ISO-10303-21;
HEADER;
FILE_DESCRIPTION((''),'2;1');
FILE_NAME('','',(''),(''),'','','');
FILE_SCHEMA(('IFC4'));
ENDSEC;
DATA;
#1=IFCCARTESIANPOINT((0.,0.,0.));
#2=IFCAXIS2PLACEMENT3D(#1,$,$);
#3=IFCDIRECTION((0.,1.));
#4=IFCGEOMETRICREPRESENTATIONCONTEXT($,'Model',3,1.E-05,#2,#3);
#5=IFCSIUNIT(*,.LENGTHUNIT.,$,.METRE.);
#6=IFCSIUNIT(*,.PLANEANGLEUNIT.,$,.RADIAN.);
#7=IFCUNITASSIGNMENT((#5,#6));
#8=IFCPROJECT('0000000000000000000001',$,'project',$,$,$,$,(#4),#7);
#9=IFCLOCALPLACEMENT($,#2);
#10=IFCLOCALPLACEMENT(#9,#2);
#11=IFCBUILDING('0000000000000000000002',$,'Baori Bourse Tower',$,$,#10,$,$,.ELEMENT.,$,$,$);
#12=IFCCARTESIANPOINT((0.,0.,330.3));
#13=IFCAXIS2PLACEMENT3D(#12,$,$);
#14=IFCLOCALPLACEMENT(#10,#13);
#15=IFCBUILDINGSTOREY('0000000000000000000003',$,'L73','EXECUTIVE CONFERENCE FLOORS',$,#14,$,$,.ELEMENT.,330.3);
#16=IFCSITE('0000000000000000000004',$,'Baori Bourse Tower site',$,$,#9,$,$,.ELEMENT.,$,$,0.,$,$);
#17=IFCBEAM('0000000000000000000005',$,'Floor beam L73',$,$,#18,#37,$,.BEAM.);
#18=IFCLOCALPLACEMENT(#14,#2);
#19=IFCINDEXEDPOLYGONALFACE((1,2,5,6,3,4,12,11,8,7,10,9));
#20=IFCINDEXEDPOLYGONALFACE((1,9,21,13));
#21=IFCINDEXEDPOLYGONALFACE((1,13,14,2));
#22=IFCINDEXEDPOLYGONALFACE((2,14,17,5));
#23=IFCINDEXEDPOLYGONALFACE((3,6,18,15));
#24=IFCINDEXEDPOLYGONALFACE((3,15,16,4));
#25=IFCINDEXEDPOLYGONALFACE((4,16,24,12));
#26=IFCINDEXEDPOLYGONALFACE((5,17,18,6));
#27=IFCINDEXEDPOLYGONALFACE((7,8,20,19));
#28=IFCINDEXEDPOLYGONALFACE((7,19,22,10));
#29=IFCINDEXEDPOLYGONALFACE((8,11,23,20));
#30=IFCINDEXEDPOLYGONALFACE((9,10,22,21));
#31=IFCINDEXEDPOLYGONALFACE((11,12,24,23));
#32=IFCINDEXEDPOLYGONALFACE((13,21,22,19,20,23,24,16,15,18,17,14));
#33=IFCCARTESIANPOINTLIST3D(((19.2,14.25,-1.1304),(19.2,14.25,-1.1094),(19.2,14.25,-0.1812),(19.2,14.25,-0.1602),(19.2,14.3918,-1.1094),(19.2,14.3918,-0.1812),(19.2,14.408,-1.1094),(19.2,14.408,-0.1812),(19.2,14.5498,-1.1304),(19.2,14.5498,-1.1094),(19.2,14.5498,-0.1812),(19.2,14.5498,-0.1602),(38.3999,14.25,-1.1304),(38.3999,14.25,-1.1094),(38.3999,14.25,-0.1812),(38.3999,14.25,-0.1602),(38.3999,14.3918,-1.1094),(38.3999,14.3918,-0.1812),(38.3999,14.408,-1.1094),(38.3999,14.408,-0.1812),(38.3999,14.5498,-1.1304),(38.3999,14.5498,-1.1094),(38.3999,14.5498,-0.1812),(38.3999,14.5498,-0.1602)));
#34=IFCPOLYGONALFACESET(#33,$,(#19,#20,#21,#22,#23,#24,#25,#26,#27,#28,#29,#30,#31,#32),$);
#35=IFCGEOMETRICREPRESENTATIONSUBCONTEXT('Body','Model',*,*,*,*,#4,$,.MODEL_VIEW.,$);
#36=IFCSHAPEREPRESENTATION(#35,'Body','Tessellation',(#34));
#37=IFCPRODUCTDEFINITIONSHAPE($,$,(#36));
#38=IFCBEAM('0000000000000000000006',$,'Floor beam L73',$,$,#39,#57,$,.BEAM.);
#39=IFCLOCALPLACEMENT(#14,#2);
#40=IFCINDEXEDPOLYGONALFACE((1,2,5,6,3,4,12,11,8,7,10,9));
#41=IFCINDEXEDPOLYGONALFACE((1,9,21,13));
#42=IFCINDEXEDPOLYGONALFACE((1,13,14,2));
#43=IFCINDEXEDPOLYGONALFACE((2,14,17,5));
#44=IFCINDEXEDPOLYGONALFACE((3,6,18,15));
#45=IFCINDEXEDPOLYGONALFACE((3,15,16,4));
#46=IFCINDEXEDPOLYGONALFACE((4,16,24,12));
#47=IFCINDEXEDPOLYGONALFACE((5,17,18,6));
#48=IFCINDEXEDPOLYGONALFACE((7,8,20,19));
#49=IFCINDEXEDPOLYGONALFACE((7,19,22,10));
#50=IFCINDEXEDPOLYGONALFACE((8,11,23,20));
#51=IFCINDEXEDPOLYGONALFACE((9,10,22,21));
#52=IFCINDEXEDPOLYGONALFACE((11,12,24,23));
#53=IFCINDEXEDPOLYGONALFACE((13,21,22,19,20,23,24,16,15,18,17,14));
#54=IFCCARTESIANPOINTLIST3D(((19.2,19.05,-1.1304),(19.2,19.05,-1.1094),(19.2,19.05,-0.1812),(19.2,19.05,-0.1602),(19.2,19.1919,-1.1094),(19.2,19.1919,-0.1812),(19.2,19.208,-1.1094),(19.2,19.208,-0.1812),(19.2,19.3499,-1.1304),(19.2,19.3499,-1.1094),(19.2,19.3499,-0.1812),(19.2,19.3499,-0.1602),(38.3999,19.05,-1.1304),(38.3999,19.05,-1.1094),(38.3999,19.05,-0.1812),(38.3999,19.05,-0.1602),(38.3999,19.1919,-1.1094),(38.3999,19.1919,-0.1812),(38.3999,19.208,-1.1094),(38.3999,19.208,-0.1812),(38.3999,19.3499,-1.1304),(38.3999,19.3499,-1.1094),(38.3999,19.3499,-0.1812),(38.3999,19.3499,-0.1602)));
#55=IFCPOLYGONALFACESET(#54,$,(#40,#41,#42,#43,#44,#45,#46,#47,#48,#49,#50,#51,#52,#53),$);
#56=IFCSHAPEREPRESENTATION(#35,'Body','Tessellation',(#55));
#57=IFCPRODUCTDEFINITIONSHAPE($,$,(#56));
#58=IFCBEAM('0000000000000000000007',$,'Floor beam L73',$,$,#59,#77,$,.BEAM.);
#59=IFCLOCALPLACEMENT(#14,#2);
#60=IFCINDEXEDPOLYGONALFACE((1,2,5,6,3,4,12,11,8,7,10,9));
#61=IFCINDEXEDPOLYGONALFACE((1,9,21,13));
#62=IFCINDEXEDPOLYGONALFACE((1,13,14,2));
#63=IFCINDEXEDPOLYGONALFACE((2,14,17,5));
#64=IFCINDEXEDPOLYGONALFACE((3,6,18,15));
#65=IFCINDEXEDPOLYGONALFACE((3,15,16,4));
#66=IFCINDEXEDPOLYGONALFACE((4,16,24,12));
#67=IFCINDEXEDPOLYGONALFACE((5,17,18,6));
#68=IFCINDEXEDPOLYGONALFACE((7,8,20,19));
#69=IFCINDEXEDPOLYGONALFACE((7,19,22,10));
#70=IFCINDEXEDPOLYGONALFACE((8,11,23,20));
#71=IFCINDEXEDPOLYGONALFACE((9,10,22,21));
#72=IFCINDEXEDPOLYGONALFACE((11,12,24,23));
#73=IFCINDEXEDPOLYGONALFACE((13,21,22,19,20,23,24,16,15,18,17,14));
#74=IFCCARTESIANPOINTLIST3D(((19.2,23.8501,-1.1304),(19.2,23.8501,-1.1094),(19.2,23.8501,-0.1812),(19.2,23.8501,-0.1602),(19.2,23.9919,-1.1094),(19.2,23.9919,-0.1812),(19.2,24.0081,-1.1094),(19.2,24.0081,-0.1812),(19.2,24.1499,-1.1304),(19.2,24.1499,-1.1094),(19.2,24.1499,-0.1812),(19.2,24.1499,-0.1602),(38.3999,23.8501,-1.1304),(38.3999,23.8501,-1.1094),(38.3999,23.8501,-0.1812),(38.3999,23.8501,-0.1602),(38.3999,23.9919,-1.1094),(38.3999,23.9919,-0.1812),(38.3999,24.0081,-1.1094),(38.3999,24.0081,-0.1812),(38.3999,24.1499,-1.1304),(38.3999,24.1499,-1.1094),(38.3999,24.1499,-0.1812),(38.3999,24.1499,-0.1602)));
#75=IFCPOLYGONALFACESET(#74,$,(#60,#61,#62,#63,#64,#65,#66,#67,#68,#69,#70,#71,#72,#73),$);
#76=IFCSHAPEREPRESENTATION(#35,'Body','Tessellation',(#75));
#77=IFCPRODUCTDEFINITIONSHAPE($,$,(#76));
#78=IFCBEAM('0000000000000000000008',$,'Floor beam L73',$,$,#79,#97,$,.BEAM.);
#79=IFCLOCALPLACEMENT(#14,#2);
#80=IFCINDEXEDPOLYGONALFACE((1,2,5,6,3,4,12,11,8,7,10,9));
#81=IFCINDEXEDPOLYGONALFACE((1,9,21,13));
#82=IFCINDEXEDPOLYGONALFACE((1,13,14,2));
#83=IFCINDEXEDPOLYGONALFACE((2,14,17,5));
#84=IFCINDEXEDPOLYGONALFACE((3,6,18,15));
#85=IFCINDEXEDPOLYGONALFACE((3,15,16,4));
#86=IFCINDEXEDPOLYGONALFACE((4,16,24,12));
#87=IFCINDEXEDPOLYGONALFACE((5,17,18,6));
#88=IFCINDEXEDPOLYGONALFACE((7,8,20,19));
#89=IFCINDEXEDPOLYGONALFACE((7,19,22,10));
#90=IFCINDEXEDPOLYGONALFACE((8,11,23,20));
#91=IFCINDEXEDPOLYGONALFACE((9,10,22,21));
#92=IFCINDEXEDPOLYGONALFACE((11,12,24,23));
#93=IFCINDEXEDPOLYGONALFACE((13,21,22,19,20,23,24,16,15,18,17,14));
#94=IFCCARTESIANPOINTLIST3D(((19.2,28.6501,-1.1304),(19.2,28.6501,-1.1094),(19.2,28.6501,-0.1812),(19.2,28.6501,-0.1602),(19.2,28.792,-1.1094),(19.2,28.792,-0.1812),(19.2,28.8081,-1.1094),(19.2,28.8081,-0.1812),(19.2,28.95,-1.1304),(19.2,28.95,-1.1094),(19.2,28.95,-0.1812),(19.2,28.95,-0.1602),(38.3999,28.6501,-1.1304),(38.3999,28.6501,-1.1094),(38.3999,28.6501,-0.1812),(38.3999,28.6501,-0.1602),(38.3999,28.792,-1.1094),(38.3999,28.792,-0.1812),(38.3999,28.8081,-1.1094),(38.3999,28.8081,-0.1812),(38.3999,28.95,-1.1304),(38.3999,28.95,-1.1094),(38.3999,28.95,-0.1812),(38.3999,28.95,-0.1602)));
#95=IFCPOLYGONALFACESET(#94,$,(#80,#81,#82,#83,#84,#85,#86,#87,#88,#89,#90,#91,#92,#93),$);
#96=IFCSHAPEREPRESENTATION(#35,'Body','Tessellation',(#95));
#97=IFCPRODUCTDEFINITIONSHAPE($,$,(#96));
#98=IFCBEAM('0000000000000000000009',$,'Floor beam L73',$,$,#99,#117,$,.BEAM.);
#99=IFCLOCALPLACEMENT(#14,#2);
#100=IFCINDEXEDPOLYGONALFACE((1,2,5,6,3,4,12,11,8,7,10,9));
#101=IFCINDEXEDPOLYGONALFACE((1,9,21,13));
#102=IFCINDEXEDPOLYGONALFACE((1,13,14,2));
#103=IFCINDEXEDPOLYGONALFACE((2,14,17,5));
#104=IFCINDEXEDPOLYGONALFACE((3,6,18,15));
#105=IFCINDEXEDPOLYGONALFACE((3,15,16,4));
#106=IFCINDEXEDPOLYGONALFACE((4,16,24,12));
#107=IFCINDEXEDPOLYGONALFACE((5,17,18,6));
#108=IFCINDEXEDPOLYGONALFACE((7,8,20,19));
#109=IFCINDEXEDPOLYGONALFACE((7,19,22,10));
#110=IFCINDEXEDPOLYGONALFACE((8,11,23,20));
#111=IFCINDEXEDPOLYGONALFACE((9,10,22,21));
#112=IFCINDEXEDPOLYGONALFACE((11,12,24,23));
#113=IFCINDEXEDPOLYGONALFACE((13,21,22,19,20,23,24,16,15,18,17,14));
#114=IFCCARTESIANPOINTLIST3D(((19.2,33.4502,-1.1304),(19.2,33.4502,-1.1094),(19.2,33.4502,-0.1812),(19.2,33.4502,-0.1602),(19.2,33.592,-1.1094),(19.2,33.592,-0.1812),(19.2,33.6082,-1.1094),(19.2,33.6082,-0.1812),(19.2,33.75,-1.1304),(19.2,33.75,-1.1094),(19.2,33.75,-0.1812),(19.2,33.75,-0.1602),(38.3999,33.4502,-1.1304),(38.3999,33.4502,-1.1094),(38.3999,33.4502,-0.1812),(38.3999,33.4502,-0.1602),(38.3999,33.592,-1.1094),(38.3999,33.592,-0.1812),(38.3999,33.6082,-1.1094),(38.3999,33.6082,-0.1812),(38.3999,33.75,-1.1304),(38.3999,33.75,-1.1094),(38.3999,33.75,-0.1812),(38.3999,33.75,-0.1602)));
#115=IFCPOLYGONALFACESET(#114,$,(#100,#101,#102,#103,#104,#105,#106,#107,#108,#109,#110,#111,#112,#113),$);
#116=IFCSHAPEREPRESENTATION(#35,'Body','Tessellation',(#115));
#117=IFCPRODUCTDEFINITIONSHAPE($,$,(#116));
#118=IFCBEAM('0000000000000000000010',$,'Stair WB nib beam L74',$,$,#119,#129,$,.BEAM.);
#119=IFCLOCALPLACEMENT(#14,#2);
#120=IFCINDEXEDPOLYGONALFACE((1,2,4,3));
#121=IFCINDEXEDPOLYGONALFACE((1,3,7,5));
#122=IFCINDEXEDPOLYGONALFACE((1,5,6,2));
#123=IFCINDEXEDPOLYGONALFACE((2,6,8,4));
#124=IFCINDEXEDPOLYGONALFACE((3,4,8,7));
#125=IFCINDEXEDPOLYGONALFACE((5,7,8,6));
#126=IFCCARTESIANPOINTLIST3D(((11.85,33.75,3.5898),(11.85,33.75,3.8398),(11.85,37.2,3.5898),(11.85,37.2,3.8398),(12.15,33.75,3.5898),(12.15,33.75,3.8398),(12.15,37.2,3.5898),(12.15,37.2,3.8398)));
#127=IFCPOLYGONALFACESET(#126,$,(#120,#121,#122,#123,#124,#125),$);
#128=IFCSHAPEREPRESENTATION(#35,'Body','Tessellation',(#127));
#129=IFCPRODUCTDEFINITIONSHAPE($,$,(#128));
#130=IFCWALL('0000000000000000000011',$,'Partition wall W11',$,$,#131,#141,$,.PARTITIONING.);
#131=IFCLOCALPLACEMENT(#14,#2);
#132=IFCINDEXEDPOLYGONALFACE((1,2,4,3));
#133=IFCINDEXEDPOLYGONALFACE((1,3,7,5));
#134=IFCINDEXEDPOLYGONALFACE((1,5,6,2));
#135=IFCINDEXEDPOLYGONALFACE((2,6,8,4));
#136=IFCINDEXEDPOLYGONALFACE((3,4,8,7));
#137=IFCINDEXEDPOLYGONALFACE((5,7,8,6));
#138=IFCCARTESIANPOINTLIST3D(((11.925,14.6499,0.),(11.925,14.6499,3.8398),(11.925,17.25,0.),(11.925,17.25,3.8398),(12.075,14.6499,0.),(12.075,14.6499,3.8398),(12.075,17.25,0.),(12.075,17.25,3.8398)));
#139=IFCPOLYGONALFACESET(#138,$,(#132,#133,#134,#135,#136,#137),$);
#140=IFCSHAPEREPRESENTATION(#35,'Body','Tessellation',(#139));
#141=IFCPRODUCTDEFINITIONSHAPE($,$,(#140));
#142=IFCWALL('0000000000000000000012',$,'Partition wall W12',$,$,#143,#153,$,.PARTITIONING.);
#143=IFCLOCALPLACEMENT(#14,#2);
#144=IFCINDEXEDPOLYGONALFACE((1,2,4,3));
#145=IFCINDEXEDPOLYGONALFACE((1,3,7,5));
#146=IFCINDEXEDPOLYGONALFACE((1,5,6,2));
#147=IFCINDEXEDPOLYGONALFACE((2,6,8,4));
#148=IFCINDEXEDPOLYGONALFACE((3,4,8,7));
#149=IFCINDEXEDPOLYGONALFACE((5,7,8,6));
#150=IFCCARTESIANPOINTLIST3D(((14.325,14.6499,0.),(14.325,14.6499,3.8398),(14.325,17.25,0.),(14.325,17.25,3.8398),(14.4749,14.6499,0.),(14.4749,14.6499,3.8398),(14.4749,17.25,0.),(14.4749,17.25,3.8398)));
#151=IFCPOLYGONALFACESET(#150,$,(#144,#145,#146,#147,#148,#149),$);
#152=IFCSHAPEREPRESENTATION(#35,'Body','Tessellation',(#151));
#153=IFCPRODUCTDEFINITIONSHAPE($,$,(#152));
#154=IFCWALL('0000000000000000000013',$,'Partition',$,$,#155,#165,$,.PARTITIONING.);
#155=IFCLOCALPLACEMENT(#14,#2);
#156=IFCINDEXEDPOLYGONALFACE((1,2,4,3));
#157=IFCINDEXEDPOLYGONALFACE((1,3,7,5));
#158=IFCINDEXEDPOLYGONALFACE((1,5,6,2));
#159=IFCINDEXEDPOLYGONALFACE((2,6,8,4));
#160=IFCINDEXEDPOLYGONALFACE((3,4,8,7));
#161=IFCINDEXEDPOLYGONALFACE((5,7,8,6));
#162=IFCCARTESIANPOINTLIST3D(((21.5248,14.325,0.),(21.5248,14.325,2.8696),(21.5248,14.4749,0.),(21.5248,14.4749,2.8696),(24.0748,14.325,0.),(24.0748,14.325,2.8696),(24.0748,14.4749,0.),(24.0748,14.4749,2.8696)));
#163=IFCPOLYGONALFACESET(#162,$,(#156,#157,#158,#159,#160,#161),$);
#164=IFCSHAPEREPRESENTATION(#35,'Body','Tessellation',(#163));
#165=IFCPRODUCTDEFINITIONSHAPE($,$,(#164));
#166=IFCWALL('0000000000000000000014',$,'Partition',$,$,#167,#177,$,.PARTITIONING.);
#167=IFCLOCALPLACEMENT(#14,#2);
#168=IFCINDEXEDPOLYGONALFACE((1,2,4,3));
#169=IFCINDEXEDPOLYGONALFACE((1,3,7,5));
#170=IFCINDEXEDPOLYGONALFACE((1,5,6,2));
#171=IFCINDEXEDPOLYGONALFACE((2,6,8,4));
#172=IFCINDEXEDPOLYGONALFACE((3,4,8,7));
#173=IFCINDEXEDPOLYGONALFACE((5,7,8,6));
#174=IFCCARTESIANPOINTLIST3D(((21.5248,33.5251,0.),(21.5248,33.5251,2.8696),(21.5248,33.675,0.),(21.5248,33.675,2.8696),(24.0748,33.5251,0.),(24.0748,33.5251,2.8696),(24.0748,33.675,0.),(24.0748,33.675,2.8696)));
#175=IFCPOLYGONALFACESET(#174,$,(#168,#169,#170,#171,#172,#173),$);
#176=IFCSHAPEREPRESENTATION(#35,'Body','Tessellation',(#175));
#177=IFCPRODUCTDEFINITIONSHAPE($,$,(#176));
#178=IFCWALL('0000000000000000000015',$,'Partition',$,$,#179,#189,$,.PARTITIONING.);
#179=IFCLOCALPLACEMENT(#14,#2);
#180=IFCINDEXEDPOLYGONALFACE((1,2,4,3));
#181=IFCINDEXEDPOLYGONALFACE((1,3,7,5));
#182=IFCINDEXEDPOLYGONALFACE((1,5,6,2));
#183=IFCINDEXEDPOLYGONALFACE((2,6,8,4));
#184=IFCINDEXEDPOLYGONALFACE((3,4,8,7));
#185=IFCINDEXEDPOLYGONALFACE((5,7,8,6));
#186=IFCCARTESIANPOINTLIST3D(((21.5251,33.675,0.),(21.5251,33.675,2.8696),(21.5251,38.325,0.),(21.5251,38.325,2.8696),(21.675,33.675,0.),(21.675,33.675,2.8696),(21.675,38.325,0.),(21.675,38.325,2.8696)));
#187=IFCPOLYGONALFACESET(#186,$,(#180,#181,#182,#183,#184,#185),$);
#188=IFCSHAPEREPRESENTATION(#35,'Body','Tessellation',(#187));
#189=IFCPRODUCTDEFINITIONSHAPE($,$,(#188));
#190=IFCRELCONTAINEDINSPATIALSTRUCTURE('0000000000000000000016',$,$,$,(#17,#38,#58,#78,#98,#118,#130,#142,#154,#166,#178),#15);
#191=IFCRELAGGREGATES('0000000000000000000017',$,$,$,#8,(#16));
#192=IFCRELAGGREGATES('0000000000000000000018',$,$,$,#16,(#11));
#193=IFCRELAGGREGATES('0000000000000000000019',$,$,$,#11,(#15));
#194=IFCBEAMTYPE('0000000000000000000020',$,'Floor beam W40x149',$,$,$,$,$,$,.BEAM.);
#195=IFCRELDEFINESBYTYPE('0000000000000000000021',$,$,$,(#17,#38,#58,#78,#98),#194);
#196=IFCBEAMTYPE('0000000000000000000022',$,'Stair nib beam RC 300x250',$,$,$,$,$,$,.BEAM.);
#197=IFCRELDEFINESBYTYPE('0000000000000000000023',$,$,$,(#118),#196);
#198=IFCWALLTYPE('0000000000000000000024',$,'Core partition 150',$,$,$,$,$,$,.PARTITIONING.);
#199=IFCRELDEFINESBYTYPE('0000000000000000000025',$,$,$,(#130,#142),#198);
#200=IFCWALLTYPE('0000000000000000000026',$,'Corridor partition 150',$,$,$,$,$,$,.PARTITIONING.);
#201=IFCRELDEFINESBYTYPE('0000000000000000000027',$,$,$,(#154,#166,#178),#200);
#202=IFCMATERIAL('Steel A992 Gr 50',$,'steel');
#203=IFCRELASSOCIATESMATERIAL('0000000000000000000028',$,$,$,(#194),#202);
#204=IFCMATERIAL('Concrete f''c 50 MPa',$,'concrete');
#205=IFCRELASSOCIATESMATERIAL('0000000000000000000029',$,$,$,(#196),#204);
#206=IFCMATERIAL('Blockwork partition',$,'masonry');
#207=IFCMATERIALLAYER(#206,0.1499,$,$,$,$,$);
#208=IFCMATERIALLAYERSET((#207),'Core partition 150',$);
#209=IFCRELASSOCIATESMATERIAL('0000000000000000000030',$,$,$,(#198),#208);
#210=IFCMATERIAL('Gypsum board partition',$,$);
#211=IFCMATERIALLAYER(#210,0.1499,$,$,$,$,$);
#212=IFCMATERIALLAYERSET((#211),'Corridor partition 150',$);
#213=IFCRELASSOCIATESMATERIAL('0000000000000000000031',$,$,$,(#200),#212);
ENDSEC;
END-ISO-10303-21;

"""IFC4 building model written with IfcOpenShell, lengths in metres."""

from ifc_helpers import new_model, si_unit, direction, frame, frame_2d, origin, origin_2d, place, context, subcontext, project, spatial, rectangle, i_section, extrude, material, layer, layer_set, material_profile, profile_set, type_object, element, save


model = new_model("IFC4")

# Units and contexts
model_context = context("Model", 3, precision=1e-05, world=origin(), true_north=direction((0.0, 1.0)))
body_context = subcontext(model_context, "Body", "Model", "MODEL_VIEW")
ifc_project = project(units=[si_unit("LENGTHUNIT", "METRE"), si_unit("PLANEANGLEUNIT", "RADIAN")], contexts=[model_context])

# Site, building, storey
site_placement = place(None, origin())
site = spatial("IfcSite", under=ifc_project, at=site_placement, Name="Baori Bourse Tower site", CompositionType="ELEMENT", RefElevation=0.0)
building_placement = place(site_placement, origin())
building = spatial("IfcBuilding", under=site, at=building_placement, Name="Baori Bourse Tower", CompositionType="ELEMENT")
storey_placement = place(building_placement, frame((0.0, 0.0, 330.3)))
storey = spatial("IfcBuildingStorey", under=building, at=storey_placement, Name="L73", Description="EXECUTIVE CONFERENCE FLOORS", CompositionType="ELEMENT", Elevation=330.3)

# Beams
ifc_material_1 = material(Name="Steel A992 Gr 50", Category="steel")
ifc_material_profile_1 = material_profile(ifc_material_1, i_section(OverallWidth=0.2998, OverallDepth=0.9702, WebThickness=0.0161, FlangeThickness=0.021, at=origin_2d()), Name="W40x149")
ifc_profile_set_1 = profile_set([ifc_material_profile_1], Name="Steel A992 Gr 50")
beam_type_1 = type_object("IfcBeamType", Name="Floor beam W40x149", PredefinedType="BEAM", material=ifc_profile_set_1)
for number, where, z_axis, x_axis, name in (
    (1, (19.2, 14.3999, -0.6453), (1.0, 0.0, 0.0), (0.0, 1.0, 0.0), "Floor beam L73"),
    (2, (19.2, 19.2, -0.6453), (1.0, 0.0, 0.0), (0.0, 1.0, 0.0), "Floor beam L73"),
    (3, (19.2, 24.0, -0.6453), (1.0, 0.0, 0.0), (0.0, 1.0, 0.0), "Floor beam L73"),
    (4, (19.2, 28.8, -0.6453), (1.0, 0.0, 0.0), (0.0, 1.0, 0.0), "Floor beam L73"),
    (5, (19.2, 33.6001, -0.6453), (1.0, 0.0, 0.0), (0.0, 1.0, 0.0), "Floor beam L73"),
):
    element("IfcBeam", number, at=place(storey_placement, frame(where, z_axis=z_axis, x_axis=x_axis)), inside=storey, type_object=beam_type_1, Name=name, PredefinedType="BEAM", context=body_context, shape_type="SweptSolid", body=[
        extrude(i_section(OverallWidth=0.2998, OverallDepth=0.9702, WebThickness=0.0161, FlangeThickness=0.021, at=origin_2d()), origin(), (0.0, 0.0, 1.0), 19.2),
    ])
ifc_material_2 = material(Name="Concrete f'c 50 MPa", Category="concrete")
ifc_material_profile_2 = material_profile(ifc_material_2, rectangle(XDim=0.3, YDim=0.25, at=origin_2d()), Name="RC 300x250")
ifc_profile_set_2 = profile_set([ifc_material_profile_2], Name="Concrete f'c 50 MPa")
beam_type_2 = type_object("IfcBeamType", Name="Stair nib beam RC 300x250", PredefinedType="BEAM", material=ifc_profile_set_2)
beam_placement = place(storey_placement, frame((12.0, 33.75, 3.7148), z_axis=(0.0, 1.0, 0.0), x_axis=(-1.0, 0.0, 0.0)))
element("IfcBeam", 6, at=beam_placement, inside=storey, type_object=beam_type_2, Name="Stair WB nib beam L74", PredefinedType="BEAM", context=body_context, shape_type="SweptSolid", body=[
    extrude(rectangle(XDim=0.3, YDim=0.25, at=origin_2d()), origin(), (0.0, 0.0, 1.0), 3.45),
])

# Walls
ifc_material_3 = material(Name="Blockwork partition", Category="masonry")
ifc_layer_1 = layer(ifc_material_3, 0.1499)
ifc_layer_set_1 = layer_set([ifc_layer_1], Name="Core partition 150")
wall_type_1 = type_object("IfcWallType", Name="Core partition 150", PredefinedType="PARTITIONING", material=ifc_layer_set_1)
for number, where, z_axis, x_axis, name in (
    (7, (12.0, 14.6499, 0.0), (0.0, 0.0, 1.0), (0.0, 1.0, 0.0), "Partition wall W11"),
    (8, (14.3999, 14.6499, 0.0), (0.0, 0.0, 1.0), (0.0, 1.0, 0.0), "Partition wall W12"),
):
    element("IfcWall", number, at=place(storey_placement, frame(where, z_axis=z_axis, x_axis=x_axis)), inside=storey, type_object=wall_type_1, Name=name, PredefinedType="PARTITIONING", context=body_context, shape_type="SweptSolid", body=[
        extrude(rectangle(XDim=2.6001, YDim=0.1499, at=frame_2d((1.3, 0.0))), origin(), (0.0, 0.0, 1.0), 3.8398),
    ])
ifc_material_4 = material(Name="Gypsum board partition")
ifc_layer_2 = layer(ifc_material_4, 0.1499)
ifc_layer_set_2 = layer_set([ifc_layer_2], Name="Corridor partition 150")
wall_type_2 = type_object("IfcWallType", Name="Corridor partition 150", PredefinedType="PARTITIONING", material=ifc_layer_set_2)
for number, where, z_axis, x_axis, name in (
    (9, (21.5249, 14.3999, 0.0), (0.0, 0.0, 1.0), (1.0, 0.0, 0.0), "Partition"),
    (10, (21.5249, 33.6001, 0.0), (0.0, 0.0, 1.0), (1.0, 0.0, 0.0), "Partition"),
):
    element("IfcWall", number, at=place(storey_placement, frame(where, z_axis=z_axis, x_axis=x_axis)), inside=storey, type_object=wall_type_2, Name=name, PredefinedType="PARTITIONING", context=body_context, shape_type="SweptSolid", body=[
        extrude(rectangle(XDim=2.55, YDim=0.1499, at=frame_2d((1.2749, 0.0))), origin(), (0.0, 0.0, 1.0), 2.8696),
    ])
wall_1_placement = place(storey_placement, frame((21.6001, 33.675, 0.0), z_axis=(0.0, 0.0, 1.0), x_axis=(0.0, 1.0, 0.0)))
element("IfcWall", 11, at=wall_1_placement, inside=storey, type_object=wall_type_2, Name="Partition", PredefinedType="PARTITIONING", context=body_context, shape_type="SweptSolid", body=[
    extrude(rectangle(XDim=4.6499, YDim=0.1499, at=frame_2d((2.325, 0.0))), origin(), (0.0, 0.0, 1.0), 2.8696),
])

save(model, "model.ifc")
